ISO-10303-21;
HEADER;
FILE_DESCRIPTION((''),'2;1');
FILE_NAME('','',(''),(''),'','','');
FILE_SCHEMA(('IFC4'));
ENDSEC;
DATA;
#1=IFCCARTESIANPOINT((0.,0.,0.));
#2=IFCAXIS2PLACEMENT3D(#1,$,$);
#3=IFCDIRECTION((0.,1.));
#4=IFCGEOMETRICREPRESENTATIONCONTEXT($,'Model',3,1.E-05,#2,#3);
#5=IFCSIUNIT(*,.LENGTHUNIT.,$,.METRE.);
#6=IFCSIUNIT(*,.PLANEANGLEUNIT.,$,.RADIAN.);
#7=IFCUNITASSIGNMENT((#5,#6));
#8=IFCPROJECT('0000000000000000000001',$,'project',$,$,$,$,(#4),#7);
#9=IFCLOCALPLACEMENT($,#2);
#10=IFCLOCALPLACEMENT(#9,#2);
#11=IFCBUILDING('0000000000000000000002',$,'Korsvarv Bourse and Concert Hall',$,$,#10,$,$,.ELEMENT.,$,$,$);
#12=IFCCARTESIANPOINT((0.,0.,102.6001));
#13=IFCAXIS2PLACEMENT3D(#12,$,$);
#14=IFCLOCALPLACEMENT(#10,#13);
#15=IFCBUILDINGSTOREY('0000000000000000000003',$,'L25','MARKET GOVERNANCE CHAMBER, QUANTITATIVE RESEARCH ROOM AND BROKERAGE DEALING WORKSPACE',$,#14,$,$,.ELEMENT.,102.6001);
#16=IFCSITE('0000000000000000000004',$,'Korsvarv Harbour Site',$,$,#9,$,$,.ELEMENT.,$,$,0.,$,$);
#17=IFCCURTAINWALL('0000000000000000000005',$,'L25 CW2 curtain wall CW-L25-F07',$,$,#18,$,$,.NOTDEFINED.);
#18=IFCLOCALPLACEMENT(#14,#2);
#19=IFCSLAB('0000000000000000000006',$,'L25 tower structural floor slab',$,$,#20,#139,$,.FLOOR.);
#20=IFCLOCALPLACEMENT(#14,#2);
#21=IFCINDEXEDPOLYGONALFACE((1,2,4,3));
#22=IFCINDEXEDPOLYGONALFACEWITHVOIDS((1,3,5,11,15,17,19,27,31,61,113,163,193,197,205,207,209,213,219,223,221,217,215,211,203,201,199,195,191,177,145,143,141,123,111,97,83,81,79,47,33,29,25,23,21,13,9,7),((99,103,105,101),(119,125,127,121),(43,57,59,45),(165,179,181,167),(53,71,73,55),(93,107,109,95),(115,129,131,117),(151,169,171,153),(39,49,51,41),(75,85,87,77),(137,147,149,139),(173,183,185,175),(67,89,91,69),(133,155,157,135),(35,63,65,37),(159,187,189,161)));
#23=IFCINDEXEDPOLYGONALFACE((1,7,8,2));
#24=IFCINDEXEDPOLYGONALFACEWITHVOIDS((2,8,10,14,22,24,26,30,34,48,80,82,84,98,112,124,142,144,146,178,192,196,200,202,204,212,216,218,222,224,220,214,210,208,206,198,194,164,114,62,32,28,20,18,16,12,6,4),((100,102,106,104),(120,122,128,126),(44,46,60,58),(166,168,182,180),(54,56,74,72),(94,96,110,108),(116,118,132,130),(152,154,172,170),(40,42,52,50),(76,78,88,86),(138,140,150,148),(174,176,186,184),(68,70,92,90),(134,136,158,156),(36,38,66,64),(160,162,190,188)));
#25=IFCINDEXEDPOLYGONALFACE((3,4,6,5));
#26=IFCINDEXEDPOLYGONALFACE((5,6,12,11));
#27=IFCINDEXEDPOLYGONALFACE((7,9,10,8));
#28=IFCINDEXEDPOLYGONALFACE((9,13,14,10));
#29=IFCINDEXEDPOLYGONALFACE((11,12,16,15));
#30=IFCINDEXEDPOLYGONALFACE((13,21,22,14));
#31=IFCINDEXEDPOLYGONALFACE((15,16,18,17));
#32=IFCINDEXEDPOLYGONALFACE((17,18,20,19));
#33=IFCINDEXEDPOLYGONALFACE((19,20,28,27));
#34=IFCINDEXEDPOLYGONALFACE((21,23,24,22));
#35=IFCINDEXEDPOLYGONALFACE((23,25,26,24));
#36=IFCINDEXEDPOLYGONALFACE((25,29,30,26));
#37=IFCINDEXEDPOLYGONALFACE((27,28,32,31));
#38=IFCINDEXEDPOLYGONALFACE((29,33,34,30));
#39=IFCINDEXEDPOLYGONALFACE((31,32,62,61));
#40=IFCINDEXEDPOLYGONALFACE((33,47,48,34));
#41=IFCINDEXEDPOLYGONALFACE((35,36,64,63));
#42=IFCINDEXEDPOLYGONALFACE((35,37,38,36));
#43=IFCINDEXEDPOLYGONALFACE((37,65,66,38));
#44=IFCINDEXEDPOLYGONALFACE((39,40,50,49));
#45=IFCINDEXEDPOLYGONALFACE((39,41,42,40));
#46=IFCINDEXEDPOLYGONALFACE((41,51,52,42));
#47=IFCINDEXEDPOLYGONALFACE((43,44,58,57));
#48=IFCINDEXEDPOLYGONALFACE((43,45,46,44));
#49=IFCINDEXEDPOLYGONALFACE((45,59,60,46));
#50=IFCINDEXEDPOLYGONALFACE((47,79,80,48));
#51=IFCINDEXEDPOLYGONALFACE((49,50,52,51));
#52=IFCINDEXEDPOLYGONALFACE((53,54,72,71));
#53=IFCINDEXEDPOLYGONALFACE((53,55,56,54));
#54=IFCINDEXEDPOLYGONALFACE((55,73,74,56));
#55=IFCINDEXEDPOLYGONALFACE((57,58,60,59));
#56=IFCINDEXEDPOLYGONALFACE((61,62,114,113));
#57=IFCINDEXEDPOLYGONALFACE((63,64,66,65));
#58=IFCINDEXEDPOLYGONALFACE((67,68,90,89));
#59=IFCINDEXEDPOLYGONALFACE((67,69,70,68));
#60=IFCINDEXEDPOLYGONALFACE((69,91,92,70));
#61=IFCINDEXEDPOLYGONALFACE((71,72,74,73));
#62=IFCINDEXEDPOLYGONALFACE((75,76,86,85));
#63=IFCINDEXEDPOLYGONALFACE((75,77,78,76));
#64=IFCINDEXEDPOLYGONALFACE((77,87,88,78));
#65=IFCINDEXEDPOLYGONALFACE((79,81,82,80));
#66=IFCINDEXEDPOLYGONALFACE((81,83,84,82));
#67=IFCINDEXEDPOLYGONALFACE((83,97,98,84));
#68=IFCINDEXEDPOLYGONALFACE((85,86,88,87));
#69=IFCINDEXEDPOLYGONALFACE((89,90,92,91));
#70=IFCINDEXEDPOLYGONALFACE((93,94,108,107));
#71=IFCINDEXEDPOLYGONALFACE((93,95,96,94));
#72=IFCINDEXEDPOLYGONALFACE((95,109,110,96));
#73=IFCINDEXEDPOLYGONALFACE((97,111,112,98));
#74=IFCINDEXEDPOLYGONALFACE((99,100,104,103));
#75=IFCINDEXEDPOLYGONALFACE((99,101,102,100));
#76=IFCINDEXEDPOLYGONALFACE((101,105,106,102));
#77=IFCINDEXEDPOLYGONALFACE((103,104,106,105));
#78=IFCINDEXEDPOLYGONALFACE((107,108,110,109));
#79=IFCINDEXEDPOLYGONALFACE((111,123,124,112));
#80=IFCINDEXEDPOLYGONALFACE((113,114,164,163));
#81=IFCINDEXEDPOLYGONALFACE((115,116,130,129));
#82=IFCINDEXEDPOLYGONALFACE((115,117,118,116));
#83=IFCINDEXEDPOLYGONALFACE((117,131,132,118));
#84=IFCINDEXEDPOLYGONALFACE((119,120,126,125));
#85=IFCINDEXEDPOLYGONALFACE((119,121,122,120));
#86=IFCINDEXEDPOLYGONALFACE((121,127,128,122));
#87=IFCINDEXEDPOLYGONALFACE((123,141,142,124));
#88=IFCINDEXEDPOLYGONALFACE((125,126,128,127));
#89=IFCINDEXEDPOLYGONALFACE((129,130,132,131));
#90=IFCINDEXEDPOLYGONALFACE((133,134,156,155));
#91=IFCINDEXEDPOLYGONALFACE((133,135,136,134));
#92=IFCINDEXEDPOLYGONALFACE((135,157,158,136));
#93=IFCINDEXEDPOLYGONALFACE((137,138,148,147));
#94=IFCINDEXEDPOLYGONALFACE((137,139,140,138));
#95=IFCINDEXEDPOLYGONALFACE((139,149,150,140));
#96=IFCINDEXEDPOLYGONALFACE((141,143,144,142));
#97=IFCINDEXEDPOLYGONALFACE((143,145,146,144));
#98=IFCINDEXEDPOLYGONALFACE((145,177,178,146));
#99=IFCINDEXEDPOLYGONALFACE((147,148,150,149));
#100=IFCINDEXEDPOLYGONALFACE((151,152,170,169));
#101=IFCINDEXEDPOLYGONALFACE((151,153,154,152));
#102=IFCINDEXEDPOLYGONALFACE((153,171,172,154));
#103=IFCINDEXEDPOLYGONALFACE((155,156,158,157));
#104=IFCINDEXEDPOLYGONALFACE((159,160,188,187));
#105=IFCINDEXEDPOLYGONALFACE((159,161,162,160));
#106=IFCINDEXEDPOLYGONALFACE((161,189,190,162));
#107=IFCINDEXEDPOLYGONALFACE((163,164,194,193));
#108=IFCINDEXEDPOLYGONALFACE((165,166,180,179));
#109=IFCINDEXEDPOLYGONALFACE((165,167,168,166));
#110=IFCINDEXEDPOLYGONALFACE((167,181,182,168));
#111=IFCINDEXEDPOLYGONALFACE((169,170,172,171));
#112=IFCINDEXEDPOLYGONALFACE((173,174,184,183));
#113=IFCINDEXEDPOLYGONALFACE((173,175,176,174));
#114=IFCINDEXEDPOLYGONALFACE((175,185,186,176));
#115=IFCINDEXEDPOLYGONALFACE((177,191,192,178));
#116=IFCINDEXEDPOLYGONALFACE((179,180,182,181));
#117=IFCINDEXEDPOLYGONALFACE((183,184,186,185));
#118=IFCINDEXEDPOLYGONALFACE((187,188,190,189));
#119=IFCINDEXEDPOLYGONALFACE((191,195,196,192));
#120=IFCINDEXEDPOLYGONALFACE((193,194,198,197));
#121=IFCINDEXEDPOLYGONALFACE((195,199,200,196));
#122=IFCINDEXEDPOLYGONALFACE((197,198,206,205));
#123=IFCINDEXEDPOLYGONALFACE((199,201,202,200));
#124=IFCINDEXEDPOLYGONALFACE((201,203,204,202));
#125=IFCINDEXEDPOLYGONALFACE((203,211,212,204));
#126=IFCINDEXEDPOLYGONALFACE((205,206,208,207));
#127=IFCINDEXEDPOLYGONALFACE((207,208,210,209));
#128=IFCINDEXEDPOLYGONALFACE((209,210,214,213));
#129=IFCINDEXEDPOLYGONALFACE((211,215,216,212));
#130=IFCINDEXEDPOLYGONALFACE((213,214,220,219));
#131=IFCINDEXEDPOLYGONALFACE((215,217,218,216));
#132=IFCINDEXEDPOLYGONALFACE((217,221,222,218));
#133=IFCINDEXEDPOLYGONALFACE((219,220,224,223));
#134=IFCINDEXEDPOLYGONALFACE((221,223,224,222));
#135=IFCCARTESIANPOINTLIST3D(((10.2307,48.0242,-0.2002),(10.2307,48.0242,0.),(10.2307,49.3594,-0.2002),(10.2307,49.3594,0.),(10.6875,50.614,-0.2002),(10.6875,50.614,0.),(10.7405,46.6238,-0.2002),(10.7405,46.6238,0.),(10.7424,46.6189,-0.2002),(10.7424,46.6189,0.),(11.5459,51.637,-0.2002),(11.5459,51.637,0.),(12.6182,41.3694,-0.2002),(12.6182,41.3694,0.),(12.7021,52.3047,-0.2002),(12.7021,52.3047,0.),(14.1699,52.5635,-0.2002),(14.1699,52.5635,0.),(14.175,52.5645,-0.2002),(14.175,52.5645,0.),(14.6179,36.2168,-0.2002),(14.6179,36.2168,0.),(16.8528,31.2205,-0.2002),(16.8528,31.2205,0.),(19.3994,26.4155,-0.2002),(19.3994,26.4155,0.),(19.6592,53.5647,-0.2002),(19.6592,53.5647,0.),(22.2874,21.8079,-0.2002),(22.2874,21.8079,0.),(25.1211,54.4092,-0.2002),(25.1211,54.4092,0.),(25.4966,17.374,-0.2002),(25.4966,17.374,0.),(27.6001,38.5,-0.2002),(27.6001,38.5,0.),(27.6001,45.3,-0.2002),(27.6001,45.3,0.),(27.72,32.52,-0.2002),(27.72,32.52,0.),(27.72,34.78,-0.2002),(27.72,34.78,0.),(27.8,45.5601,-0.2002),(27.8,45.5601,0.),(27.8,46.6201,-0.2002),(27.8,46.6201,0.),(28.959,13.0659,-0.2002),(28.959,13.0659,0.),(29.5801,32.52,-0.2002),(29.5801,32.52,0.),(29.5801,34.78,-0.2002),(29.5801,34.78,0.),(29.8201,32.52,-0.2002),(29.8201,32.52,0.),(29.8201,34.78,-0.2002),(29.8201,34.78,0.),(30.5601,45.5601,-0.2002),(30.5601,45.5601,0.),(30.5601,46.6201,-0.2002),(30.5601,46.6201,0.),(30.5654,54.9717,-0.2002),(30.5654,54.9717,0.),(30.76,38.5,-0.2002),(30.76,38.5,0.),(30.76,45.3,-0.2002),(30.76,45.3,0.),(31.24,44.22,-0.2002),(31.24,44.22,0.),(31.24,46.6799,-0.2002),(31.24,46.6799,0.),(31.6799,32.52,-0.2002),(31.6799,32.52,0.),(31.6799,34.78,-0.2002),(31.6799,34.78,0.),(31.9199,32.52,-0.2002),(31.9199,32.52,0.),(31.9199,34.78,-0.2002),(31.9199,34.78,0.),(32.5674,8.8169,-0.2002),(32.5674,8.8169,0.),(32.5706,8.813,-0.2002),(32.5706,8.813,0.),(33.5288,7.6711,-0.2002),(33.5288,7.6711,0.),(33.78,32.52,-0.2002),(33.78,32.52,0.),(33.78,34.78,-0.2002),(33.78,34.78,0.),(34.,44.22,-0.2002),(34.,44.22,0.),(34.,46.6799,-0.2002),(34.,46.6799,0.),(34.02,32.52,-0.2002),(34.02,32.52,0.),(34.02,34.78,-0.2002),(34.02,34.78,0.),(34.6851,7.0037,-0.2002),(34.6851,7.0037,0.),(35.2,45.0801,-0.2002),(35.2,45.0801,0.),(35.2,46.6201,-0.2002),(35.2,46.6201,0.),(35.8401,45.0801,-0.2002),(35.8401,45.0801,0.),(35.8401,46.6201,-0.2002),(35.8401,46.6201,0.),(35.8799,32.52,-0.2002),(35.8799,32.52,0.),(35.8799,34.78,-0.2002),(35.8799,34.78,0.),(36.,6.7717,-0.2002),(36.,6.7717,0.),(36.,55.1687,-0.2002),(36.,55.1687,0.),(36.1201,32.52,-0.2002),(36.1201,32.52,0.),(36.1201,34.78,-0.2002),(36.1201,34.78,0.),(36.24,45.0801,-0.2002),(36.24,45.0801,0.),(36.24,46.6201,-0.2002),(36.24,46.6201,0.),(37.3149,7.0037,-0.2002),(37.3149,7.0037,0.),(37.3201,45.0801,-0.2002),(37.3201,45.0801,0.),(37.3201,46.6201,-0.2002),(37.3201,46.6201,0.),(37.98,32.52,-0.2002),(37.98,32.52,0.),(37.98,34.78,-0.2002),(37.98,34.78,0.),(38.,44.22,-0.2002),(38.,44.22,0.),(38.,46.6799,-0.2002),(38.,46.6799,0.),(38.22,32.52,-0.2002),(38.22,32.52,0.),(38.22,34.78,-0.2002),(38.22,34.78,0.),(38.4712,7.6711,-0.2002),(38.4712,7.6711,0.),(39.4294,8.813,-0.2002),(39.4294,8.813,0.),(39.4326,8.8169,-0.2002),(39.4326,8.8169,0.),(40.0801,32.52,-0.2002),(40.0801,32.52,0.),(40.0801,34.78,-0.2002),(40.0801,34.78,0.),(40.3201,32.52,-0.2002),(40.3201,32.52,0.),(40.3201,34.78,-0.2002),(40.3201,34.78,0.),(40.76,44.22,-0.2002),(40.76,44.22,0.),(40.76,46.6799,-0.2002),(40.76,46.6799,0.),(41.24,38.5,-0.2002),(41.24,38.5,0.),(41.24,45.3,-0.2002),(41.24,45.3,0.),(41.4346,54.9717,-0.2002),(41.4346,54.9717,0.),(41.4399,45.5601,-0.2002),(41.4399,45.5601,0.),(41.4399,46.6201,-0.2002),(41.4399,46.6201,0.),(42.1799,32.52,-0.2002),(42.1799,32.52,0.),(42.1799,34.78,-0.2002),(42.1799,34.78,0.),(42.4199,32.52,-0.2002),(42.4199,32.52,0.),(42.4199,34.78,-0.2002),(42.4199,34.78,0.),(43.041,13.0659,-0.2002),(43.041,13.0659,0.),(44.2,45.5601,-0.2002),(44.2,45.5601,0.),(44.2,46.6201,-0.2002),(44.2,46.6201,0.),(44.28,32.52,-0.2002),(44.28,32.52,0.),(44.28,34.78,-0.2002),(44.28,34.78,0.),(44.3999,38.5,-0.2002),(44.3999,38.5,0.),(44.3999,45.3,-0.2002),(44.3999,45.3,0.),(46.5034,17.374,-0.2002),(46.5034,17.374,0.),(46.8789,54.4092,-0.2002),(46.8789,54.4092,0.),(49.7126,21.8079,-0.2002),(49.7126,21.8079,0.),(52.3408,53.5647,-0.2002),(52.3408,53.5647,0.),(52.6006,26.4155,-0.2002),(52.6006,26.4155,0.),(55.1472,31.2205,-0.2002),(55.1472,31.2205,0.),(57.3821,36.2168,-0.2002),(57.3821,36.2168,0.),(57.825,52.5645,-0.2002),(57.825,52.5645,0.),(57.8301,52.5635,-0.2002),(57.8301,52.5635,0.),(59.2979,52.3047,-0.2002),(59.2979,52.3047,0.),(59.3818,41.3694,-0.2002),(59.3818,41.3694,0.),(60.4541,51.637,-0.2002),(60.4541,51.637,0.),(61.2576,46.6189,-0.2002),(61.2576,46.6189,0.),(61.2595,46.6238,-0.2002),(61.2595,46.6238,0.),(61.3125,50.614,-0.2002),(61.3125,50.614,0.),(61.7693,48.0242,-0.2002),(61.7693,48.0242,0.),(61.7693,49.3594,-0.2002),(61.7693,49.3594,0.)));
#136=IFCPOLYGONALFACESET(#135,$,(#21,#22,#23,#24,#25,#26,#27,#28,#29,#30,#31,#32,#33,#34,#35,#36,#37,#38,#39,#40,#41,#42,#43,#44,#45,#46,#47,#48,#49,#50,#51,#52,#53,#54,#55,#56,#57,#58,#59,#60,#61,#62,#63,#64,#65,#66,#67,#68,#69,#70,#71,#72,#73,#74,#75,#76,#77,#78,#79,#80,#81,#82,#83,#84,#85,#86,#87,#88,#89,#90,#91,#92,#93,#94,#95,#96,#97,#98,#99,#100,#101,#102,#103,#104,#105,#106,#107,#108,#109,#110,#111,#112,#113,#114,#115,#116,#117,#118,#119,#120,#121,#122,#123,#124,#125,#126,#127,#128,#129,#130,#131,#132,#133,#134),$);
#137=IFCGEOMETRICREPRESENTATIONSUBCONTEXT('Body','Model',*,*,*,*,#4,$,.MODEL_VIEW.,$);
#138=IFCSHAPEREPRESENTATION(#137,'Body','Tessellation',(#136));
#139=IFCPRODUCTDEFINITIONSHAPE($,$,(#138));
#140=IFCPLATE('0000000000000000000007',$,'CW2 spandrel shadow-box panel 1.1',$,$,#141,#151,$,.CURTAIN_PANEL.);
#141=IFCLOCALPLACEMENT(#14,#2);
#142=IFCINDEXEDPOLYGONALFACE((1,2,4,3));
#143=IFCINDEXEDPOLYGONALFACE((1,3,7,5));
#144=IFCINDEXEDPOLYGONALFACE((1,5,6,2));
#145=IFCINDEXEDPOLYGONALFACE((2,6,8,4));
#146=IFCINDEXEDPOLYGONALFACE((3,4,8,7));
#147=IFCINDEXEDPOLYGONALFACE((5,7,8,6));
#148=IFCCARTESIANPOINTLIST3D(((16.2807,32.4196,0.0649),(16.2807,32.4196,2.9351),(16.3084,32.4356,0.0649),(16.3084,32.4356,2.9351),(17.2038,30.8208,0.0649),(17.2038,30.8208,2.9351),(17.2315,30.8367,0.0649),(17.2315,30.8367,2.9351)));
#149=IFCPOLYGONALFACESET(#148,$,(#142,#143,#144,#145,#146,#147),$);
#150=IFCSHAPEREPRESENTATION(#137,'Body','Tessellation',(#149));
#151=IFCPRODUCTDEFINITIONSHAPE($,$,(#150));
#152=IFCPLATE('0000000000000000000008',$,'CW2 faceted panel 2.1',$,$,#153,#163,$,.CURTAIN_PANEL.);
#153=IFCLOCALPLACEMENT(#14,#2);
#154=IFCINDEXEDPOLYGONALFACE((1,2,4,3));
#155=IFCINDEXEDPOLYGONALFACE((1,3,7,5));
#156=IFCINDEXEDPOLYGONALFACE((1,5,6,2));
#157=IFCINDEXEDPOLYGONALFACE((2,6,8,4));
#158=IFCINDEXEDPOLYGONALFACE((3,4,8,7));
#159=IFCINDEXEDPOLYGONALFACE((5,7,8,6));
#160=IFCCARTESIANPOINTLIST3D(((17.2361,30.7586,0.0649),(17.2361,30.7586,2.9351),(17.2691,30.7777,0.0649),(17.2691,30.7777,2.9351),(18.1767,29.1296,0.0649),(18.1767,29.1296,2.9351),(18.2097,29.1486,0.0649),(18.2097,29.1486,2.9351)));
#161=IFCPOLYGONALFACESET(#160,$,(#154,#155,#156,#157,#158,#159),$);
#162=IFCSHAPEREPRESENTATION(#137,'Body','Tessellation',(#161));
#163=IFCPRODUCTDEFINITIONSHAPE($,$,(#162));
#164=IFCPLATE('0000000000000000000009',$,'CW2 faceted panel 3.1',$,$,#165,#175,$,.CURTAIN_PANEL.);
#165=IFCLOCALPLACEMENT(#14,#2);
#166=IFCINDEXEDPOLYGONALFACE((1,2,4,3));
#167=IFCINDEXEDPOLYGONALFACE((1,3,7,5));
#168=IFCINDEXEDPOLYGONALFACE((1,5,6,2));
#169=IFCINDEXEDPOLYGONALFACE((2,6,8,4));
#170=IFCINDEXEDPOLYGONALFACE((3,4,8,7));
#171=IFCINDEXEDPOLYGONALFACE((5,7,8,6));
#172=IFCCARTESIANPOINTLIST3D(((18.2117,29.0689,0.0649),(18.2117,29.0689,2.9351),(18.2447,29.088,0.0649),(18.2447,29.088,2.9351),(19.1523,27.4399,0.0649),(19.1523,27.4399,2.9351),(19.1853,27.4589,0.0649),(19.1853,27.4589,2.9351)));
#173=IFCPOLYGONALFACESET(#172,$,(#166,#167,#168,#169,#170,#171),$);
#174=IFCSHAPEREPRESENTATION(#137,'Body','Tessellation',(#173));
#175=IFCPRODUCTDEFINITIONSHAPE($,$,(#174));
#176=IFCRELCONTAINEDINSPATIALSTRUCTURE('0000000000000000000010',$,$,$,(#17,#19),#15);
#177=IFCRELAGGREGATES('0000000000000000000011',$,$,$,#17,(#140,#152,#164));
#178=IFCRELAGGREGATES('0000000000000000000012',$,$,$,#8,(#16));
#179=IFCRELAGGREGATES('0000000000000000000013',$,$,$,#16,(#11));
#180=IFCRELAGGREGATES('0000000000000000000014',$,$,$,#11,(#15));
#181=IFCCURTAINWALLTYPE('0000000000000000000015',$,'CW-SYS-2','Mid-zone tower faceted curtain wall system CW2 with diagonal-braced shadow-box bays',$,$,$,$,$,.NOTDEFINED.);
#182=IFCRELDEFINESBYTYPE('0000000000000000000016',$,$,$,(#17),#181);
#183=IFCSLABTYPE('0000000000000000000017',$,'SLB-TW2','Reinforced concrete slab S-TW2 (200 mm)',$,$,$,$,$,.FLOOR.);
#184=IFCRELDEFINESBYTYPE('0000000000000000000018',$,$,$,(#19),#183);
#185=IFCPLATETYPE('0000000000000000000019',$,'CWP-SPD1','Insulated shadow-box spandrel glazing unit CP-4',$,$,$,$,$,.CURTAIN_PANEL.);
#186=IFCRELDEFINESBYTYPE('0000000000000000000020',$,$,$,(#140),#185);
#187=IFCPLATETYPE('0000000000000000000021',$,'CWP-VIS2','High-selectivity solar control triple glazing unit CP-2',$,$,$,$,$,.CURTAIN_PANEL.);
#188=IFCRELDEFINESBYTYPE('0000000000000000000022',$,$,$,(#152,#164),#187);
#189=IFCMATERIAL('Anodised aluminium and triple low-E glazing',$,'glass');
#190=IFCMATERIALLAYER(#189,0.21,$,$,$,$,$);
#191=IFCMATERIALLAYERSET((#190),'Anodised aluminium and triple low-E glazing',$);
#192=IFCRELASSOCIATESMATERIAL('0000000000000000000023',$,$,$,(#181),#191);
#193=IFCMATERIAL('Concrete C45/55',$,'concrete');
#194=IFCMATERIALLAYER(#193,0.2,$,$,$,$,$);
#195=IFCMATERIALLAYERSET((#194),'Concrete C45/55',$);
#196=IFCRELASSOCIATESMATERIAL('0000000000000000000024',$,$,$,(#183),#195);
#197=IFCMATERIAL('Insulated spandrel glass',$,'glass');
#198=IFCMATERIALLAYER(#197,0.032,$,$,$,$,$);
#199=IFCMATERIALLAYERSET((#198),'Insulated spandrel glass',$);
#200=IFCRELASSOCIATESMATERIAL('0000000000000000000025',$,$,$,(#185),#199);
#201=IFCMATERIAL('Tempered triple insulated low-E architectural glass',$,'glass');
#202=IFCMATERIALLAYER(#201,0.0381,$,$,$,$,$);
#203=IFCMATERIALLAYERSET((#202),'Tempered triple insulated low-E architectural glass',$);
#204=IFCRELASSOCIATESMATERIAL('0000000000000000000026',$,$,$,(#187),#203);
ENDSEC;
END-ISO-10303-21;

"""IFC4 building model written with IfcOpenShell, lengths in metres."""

from ifc_helpers import new_model, si_unit, direction, frame, origin, origin_2d, place, context, subcontext, project, spatial, polyline, rectangle, outline, extrude, source, transform, mapped, material, layer, layer_set, type_object, element, aggregate, save


model = new_model("IFC4")

# Units and contexts
model_context = context("Model", 3, precision=1e-05, world=origin(), true_north=direction((0.0, 1.0)))
body_context = subcontext(model_context, "Body", "Model", "MODEL_VIEW")
ifc_project = project(units=[si_unit("LENGTHUNIT", "METRE"), si_unit("PLANEANGLEUNIT", "RADIAN")], contexts=[model_context])

# Site, building, storey
site_placement = place(None, origin())
site = spatial("IfcSite", under=ifc_project, at=site_placement, Name="Korsvarv Harbour Site", CompositionType="ELEMENT", RefElevation=0.0)
building_placement = place(site_placement, origin())
building = spatial("IfcBuilding", under=site, at=building_placement, Name="Korsvarv Bourse and Concert Hall", CompositionType="ELEMENT")
storey_placement = place(building_placement, frame((0.0, 0.0, 102.6001)))
storey = spatial("IfcBuildingStorey", under=building, at=storey_placement, Name="L25", Description="MARKET GOVERNANCE CHAMBER, QUANTITATIVE RESEARCH ROOM AND BROKERAGE DEALING WORKSPACE", CompositionType="ELEMENT", Elevation=102.6001)

# Curtain wall
ifc_material_1 = material(Name="Anodised aluminium and triple low-E glazing", Category="glass")
ifc_layer_1 = layer(ifc_material_1, 0.21)
ifc_layer_set_1 = layer_set([ifc_layer_1], Name="Anodised aluminium and triple low-E glazing")
curtain_wall_type = type_object("IfcCurtainWallType", Name="CW-SYS-2", Description="Mid-zone tower faceted curtain wall system CW2 with diagonal-braced shadow-box bays", PredefinedType="NOTDEFINED", material=ifc_layer_set_1)
curtain_wall_placement = place(storey_placement, origin())
curtain_wall = element("IfcCurtainWall", 1, at=curtain_wall_placement, inside=storey, type_object=curtain_wall_type, Name="L25 CW2 curtain wall CW-L25-F07", PredefinedType="NOTDEFINED")

# Slab
ifc_material_2 = material(Name="Concrete C45/55", Category="concrete")
ifc_layer_2 = layer(ifc_material_2, 0.2)
ifc_layer_set_2 = layer_set([ifc_layer_2], Name="Concrete C45/55")
slab_type_1 = type_object("IfcSlabType", Name="SLB-TW2", Description="Reinforced concrete slab S-TW2 (200 mm)", PredefinedType="FLOOR", material=ifc_layer_set_2)
slab_1_placement = place(storey_placement, frame((0.0, 0.0, -0.2002)))
element("IfcSlab", 2, at=slab_1_placement, inside=storey, type_object=slab_type_1, Name="L25 tower structural floor slab", PredefinedType="FLOOR", context=body_context, shape_type="SweptSolid", body=[
    extrude(outline(polyline([(61.2576, 46.6189), (59.3818, 41.3694), (57.3821, 36.2168), (55.1472, 31.2205), (52.6006, 26.4155), (49.7126, 21.8079), (46.5034, 17.374), (43.041, 13.0659), (39.4326, 8.8169), (39.4294, 8.813), (38.4712, 7.6711), (37.3149, 7.0037), (36.0, 6.7717), (34.6851, 7.0037), (33.5288, 7.6711), (32.5706, 8.813), (32.5674, 8.8169), (28.959, 13.0659), (25.4966, 17.374), (22.2874, 21.8079), (19.3994, 26.4155), (16.8528, 31.2205), (14.6179, 36.2168), (12.6182, 41.3694), (10.7424, 46.6189), (10.7405, 46.6238), (10.2307, 48.0242), (10.2307, 49.3594), (10.6875, 50.614), (11.5459, 51.637), (12.7021, 52.3047), (14.1699, 52.5635), (14.175, 52.5645), (19.6592, 53.5647), (25.1211, 54.4092), (30.5654, 54.9717), (36.0, 55.1687), (41.4346, 54.9717), (46.8789, 54.4092), (52.3408, 53.5647), (57.825, 52.5645), (57.8301, 52.5635), (59.2979, 52.3047), (60.4541, 51.637), (61.3125, 50.614), (61.7693, 49.3594), (61.7693, 48.0242), (61.2595, 46.6238), (61.2576, 46.6189)]), holes=[polyline([(30.76, 38.5), (30.76, 45.3), (27.6001, 45.3), (27.6001, 38.5), (30.76, 38.5)]), polyline([(44.3999, 38.5), (44.3999, 45.3), (41.24, 45.3), (41.24, 38.5), (44.3999, 38.5)]), polyline([(31.24, 44.22), (34.0, 44.22), (34.0, 46.6799), (31.24, 46.6799), (31.24, 44.22)]), polyline([(38.0, 44.22), (40.76, 44.22), (40.76, 46.6799), (38.0, 46.6799), (38.0, 44.22)]), polyline([(27.72, 32.52), (29.5801, 32.52), (29.5801, 34.78), (27.72, 34.78), (27.72, 32.52)]), polyline([(29.8201, 32.52), (31.6799, 32.52), (31.6799, 34.78), (29.8201, 34.78), (29.8201, 32.52)]), polyline([(31.9199, 32.52), (33.78, 32.52), (33.78, 34.78), (31.9199, 34.78), (31.9199, 32.52)]), polyline([(34.02, 32.52), (35.8799, 32.52), (35.8799, 34.78), (34.02, 34.78), (34.02, 32.52)]), polyline([(36.1201, 32.52), (37.98, 32.52), (37.98, 34.78), (36.1201, 34.78), (36.1201, 32.52)]), polyline([(38.22, 32.52), (40.0801, 32.52), (40.0801, 34.78), (38.22, 34.78), (38.22, 32.52)]), polyline([(40.3201, 32.52), (42.1799, 32.52), (42.1799, 34.78), (40.3201, 34.78), (40.3201, 32.52)]), polyline([(42.4199, 32.52), (44.28, 32.52), (44.28, 34.78), (42.4199, 34.78), (42.4199, 32.52)]), polyline([(27.8, 45.5601), (30.5601, 45.5601), (30.5601, 46.6201), (27.8, 46.6201), (27.8, 45.5601)]), polyline([(41.4399, 45.5601), (44.2, 45.5601), (44.2, 46.6201), (41.4399, 46.6201), (41.4399, 45.5601)]), polyline([(35.2, 45.0801), (35.8401, 45.0801), (35.8401, 46.6201), (35.2, 46.6201), (35.2, 45.0801)]), polyline([(36.24, 45.0801), (37.3201, 45.0801), (37.3201, 46.6201), (36.24, 46.6201), (36.24, 45.0801)])]), origin(), (0.0, 0.0, 1.0), 0.2002),
])

# Plates
ifc_material_3 = material(Name="Insulated spandrel glass", Category="glass")
ifc_layer_3 = layer(ifc_material_3, 0.032)
ifc_layer_set_3 = layer_set([ifc_layer_3], Name="Insulated spandrel glass")
plate_type_1 = type_object("IfcPlateType", Name="CWP-SPD1", Description="Insulated shadow-box spandrel glazing unit CP-4", PredefinedType="CURTAIN_PANEL", material=ifc_layer_set_3)
shared_shape_1 = source(origin(), body_context, "Body", "SweptSolid", [
    extrude(rectangle(XDim=1.8462, YDim=0.032, at=origin_2d()), origin(), (0.0, 0.0, 1.0), 2.8701),
])
plate_1_placement = place(storey_placement, frame((16.7561, 31.6282, 0.0649), z_axis=(0.0, 0.0, 1.0), x_axis=(0.500002, -0.866024, 0.0)))
plate_1 = element("IfcPlate", 3, at=plate_1_placement, type_object=plate_type_1, Name="CW2 spandrel shadow-box panel 1.1", PredefinedType="CURTAIN_PANEL", context=body_context, shape_type="MappedRepresentation", body=[
    mapped(shared_shape_1, transform((0.0, 0.0, 0.0), scale=1.0)),
])
ifc_material_4 = material(Name="Tempered triple insulated low-E architectural glass", Category="glass")
ifc_layer_4 = layer(ifc_material_4, 0.0381)
ifc_layer_set_4 = layer_set([ifc_layer_4], Name="Tempered triple insulated low-E architectural glass")
plate_type_2 = type_object("IfcPlateType", Name="CWP-VIS2", Description="High-selectivity solar control triple glazing unit CP-2", PredefinedType="CURTAIN_PANEL", material=ifc_layer_set_4)
shared_shape_2 = source(origin(), body_context, "Body", "SweptSolid", [
    extrude(rectangle(XDim=1.8811, YDim=0.0381, at=origin_2d()), origin(), (0.0, 0.0, 1.0), 2.8701),
])
plate_2_placement = place(storey_placement, frame((17.7229, 29.9536, 0.0649), z_axis=(0.0, 0.0, 1.0), x_axis=(0.500002, -0.866024, 0.0)))
plate_2 = element("IfcPlate", 4, at=plate_2_placement, type_object=plate_type_2, Name="CW2 faceted panel 2.1", PredefinedType="CURTAIN_PANEL", context=body_context, shape_type="MappedRepresentation", body=[
    mapped(shared_shape_2, transform((0.0, 0.0, 0.0), scale=1.0)),
])
plate_3_placement = place(storey_placement, frame((18.6985, 28.2639, 0.0649), z_axis=(0.0, 0.0, 1.0), x_axis=(0.500002, -0.866024, 0.0)))
plate_3 = element("IfcPlate", 5, at=plate_3_placement, type_object=plate_type_2, Name="CW2 faceted panel 3.1", PredefinedType="CURTAIN_PANEL", context=body_context, shape_type="MappedRepresentation", body=[
    mapped(shared_shape_2, transform((0.0, 0.0, 0.0), scale=1.0)),
])
aggregate(curtain_wall, [plate_1, plate_2, plate_3])

save(model, "model.ifc")
